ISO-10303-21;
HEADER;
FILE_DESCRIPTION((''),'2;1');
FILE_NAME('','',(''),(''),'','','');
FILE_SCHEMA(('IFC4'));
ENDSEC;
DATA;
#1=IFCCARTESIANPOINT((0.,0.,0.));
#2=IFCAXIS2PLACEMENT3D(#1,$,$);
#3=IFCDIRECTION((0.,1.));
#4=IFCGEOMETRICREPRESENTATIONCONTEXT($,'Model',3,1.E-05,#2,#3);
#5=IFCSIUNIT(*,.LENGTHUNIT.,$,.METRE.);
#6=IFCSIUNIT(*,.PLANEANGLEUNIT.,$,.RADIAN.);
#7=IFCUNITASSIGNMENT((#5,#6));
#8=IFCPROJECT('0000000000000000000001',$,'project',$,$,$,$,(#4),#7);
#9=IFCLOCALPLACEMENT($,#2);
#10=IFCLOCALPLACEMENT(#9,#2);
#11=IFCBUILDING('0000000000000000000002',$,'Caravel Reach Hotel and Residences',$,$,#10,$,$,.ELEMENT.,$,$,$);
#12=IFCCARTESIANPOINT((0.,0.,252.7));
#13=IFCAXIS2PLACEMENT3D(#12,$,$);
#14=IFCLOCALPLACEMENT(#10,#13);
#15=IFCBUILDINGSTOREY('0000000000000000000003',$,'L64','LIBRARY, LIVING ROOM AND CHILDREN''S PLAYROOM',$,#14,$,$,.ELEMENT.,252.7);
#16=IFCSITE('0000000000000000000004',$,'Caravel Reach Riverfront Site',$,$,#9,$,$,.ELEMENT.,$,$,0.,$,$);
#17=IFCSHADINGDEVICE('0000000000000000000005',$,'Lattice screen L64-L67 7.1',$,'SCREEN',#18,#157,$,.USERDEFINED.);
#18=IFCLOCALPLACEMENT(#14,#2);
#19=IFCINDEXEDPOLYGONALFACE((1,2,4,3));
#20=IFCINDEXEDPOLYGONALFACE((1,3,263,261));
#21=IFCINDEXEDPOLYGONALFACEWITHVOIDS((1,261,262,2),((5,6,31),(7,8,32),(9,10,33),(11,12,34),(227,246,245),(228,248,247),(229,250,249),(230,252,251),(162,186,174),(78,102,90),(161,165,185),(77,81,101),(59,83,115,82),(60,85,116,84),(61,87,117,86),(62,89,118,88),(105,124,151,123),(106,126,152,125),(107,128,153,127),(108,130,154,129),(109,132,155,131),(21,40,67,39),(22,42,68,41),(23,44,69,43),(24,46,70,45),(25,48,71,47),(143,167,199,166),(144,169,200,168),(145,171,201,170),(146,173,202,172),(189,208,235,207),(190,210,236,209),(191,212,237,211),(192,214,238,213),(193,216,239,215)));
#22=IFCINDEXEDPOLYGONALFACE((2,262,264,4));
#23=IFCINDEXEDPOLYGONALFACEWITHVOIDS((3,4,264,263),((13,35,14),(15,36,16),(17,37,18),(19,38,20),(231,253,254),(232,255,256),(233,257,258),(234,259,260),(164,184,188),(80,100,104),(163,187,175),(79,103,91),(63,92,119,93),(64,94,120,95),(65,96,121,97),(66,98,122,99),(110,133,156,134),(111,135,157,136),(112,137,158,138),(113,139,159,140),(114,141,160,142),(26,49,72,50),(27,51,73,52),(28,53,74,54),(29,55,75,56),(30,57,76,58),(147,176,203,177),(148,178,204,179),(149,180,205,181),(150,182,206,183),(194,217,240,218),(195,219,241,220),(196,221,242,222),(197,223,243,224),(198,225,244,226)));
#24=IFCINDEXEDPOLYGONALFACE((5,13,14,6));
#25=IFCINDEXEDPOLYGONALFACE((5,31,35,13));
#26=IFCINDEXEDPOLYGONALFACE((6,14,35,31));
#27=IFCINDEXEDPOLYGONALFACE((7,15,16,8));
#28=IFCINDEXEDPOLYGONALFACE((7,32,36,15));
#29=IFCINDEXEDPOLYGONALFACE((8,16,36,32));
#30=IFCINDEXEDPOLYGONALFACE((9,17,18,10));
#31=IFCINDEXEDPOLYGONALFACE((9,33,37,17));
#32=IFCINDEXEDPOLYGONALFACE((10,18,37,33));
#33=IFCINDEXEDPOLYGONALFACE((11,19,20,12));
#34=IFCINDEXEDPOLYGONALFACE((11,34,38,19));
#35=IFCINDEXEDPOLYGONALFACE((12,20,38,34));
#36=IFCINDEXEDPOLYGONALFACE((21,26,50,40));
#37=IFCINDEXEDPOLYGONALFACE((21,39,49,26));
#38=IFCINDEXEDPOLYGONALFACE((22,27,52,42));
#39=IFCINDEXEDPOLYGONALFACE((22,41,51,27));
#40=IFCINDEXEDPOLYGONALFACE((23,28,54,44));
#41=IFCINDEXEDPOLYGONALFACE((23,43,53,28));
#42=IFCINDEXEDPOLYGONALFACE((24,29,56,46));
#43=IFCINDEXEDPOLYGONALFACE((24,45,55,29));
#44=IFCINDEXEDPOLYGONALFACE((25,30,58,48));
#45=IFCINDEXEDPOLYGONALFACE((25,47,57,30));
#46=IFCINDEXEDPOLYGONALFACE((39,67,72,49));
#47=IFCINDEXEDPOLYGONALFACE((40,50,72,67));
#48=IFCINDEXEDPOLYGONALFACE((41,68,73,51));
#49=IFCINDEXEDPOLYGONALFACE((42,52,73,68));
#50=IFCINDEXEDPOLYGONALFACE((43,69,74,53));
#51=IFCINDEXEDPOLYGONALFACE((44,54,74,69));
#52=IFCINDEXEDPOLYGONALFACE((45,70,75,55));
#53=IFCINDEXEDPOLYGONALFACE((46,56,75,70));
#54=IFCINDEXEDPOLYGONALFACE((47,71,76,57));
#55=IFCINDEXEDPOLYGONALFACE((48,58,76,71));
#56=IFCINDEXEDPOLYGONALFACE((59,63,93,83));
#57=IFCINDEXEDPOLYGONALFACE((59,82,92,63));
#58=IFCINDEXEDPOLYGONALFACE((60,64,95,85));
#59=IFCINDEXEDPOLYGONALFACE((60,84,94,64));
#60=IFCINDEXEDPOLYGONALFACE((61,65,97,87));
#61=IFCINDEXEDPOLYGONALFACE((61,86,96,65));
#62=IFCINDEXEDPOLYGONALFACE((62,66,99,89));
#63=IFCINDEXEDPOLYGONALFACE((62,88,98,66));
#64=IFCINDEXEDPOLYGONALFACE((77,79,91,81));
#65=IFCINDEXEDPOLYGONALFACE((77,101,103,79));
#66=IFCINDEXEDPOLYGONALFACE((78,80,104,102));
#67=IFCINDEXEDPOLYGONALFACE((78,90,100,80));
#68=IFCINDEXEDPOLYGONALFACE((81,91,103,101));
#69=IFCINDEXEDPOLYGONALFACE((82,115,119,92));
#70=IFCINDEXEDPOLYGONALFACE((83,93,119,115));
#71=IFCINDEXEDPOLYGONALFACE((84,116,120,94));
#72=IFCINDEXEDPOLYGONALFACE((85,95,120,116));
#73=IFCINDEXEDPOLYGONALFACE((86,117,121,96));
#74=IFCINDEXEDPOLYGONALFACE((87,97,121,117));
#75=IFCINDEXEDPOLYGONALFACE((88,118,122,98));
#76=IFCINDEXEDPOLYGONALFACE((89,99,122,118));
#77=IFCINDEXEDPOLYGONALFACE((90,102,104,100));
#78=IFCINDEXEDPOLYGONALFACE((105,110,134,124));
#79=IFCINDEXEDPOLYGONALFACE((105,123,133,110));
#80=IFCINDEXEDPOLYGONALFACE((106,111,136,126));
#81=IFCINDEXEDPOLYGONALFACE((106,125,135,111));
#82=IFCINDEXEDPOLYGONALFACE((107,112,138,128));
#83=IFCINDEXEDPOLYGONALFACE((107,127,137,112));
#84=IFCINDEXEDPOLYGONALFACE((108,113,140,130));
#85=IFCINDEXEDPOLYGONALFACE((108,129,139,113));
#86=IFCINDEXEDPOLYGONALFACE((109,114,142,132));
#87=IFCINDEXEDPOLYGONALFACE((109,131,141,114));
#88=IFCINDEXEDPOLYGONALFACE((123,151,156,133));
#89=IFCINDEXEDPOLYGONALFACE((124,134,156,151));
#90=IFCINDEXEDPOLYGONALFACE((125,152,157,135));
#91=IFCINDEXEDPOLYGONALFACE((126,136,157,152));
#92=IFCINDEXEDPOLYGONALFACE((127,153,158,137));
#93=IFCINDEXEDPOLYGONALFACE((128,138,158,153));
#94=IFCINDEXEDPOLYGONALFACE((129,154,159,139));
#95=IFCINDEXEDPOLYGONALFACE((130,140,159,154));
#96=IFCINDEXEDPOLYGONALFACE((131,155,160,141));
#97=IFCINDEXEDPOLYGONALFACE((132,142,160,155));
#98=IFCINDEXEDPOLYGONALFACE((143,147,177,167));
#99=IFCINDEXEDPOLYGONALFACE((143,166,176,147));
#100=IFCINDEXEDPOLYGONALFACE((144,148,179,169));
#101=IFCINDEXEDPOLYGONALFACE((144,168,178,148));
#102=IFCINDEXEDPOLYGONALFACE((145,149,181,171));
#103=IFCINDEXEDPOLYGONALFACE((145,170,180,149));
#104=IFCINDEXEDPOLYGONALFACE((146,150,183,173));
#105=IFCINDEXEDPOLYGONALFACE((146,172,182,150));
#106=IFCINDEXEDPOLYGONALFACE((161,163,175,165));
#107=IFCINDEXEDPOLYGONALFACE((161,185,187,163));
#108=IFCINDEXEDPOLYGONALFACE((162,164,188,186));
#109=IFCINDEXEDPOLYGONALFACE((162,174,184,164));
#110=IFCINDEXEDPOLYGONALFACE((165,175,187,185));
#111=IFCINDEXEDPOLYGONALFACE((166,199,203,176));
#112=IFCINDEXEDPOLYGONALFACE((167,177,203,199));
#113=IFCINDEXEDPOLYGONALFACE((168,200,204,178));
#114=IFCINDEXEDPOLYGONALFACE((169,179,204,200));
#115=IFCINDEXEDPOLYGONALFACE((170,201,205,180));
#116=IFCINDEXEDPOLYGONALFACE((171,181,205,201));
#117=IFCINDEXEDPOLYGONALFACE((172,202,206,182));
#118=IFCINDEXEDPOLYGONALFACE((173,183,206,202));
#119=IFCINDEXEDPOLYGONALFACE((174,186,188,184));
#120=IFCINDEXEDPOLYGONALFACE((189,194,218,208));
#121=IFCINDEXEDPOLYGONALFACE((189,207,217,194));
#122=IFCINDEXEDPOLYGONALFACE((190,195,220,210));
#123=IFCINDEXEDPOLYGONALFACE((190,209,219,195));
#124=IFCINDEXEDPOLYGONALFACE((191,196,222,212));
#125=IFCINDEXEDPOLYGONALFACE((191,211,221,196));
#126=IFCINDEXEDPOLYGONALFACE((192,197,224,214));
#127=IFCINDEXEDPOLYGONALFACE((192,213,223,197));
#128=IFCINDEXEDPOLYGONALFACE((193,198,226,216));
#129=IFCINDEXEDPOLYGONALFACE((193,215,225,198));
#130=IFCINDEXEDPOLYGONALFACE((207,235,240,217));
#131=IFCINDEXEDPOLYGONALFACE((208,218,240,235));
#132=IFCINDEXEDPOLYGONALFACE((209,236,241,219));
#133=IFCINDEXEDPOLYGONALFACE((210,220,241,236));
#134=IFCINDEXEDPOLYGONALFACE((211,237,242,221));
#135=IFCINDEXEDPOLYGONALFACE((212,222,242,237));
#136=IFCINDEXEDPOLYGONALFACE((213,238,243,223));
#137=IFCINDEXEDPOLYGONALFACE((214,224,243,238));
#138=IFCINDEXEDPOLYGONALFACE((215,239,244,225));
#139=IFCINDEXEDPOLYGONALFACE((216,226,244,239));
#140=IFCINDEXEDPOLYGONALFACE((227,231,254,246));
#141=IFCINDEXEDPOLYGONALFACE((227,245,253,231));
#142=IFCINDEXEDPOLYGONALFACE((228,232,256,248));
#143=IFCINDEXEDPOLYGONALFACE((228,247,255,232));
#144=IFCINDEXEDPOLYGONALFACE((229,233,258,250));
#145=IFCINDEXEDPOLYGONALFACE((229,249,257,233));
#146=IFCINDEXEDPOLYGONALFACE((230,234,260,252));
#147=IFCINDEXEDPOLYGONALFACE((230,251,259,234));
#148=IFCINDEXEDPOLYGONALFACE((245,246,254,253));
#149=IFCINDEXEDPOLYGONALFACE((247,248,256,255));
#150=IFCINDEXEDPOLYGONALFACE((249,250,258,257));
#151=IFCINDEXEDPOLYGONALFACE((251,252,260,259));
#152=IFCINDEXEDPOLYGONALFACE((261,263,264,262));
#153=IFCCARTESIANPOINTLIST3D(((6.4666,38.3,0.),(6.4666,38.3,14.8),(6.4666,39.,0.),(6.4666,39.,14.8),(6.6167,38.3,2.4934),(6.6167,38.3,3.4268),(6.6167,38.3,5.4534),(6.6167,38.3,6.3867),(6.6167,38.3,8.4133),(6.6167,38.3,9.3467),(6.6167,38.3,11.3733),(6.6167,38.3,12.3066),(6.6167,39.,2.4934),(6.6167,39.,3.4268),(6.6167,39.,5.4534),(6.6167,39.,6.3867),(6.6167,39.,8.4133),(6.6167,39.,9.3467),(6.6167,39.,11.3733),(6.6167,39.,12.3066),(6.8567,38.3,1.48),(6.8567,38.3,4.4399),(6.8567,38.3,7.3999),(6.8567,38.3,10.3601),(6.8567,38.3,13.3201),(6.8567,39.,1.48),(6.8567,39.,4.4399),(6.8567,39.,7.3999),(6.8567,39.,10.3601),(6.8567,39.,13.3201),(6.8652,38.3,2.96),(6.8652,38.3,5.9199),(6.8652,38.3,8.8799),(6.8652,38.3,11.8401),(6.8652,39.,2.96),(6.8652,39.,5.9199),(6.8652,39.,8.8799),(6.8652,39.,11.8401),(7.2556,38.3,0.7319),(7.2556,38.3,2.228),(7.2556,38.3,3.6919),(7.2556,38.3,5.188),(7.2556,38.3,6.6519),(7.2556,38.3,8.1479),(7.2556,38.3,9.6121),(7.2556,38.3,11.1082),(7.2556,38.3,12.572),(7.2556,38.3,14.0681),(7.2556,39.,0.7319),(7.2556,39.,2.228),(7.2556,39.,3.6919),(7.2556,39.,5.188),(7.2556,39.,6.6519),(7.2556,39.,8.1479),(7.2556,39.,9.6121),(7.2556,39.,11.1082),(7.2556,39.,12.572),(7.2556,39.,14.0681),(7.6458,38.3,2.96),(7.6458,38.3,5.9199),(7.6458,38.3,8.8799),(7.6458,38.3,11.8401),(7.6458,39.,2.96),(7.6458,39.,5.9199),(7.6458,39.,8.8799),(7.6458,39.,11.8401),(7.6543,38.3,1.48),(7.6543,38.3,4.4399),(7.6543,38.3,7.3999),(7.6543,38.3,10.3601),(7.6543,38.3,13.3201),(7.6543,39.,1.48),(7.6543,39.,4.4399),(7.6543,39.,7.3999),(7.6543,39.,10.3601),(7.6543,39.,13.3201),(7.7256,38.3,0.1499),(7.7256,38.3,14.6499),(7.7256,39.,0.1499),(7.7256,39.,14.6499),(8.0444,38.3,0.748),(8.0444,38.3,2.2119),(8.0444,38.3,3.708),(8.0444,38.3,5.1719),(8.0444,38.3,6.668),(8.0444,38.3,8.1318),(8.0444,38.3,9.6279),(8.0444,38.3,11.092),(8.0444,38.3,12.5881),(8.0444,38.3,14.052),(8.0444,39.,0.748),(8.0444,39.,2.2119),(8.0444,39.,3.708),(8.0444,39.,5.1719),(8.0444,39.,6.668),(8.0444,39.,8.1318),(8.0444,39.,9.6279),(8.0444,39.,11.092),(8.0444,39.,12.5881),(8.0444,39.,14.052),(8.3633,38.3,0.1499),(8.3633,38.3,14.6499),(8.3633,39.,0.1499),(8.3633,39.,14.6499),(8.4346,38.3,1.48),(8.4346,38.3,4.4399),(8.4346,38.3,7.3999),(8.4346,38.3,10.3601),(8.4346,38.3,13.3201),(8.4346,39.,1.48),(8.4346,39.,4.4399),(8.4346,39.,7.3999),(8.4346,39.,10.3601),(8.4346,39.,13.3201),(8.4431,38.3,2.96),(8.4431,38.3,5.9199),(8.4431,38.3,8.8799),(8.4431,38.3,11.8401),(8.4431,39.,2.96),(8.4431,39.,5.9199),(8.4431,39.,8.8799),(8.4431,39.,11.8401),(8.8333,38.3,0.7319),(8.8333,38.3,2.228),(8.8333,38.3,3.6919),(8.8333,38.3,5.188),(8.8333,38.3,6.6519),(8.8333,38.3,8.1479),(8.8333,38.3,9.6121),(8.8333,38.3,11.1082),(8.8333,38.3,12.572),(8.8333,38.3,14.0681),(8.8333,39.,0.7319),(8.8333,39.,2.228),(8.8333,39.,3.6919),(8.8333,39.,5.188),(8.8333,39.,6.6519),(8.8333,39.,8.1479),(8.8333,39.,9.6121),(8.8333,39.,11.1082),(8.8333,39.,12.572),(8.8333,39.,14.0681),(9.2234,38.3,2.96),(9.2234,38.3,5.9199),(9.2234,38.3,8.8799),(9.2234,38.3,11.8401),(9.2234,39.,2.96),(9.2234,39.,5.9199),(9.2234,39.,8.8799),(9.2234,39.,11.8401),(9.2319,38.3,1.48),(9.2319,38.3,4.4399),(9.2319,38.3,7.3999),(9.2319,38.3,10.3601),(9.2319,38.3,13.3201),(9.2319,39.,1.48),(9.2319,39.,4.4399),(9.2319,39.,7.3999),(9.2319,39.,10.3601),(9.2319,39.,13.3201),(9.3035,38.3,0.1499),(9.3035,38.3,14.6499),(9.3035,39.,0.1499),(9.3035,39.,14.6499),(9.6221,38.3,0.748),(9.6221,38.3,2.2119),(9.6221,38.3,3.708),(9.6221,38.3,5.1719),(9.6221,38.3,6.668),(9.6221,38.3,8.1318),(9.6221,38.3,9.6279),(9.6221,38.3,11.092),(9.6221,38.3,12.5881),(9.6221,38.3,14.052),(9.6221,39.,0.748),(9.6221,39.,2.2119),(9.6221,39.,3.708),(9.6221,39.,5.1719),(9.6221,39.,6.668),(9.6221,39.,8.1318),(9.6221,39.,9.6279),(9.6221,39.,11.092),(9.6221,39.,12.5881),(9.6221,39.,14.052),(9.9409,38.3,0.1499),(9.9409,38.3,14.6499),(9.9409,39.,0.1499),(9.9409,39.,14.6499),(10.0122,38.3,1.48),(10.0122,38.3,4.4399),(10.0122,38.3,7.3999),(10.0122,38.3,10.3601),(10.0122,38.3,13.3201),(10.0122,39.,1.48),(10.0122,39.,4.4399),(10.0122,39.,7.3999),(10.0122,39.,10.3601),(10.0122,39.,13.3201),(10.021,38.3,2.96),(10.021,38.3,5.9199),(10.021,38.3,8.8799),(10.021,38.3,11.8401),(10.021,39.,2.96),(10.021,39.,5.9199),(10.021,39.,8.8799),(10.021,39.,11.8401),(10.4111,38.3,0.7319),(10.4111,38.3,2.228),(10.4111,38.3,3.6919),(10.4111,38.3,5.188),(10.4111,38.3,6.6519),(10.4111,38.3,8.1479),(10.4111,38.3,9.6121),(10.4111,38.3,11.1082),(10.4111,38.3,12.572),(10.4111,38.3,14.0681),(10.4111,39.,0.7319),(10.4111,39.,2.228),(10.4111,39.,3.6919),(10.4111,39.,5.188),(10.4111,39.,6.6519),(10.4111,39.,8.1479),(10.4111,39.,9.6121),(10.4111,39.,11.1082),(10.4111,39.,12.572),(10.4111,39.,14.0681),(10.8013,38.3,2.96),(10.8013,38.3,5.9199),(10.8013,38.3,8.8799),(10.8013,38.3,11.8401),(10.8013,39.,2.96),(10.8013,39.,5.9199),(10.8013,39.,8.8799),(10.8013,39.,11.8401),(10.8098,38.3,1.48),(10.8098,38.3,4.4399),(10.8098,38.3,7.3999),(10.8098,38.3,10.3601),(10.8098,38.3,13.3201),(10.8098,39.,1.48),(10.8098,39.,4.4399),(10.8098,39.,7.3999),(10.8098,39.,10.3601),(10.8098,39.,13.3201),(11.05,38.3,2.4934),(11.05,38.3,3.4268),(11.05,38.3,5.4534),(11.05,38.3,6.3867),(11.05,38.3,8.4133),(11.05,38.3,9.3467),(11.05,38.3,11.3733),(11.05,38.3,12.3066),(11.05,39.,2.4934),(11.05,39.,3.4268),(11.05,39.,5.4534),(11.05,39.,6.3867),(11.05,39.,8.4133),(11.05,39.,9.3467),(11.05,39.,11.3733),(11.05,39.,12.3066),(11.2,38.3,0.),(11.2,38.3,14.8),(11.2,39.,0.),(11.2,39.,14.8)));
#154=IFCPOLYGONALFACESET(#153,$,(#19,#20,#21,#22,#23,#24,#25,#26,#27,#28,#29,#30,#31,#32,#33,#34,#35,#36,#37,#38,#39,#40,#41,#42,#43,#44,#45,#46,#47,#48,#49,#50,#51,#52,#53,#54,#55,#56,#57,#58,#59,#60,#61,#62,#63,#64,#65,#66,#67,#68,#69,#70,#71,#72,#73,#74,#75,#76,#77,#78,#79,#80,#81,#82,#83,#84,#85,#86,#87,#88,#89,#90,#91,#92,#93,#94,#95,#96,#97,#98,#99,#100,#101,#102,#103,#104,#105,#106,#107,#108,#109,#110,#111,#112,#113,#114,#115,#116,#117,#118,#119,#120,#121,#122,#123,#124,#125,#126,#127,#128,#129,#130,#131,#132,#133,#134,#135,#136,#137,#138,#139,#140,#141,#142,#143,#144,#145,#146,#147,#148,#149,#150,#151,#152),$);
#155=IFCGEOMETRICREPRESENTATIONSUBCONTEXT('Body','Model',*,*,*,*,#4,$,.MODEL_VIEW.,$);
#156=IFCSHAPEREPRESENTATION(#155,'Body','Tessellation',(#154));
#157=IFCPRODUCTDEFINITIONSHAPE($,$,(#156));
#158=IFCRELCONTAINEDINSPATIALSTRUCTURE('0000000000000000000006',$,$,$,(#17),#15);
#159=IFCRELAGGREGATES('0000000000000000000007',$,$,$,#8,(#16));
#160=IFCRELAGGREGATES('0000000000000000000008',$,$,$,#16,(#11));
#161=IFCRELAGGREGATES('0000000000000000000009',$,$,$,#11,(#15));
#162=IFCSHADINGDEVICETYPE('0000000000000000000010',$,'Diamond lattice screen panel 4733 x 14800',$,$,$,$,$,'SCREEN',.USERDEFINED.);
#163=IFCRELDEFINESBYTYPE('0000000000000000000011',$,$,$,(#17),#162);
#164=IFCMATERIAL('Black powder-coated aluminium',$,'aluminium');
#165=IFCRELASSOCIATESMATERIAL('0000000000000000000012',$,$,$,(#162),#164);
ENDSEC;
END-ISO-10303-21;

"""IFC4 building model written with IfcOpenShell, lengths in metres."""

from ifc_helpers import new_model, si_unit, direction, frame, origin, place, context, subcontext, project, spatial, polyline, outline, extrude, material, type_object, element, save


model = new_model("IFC4")

# Units and contexts
model_context = context("Model", 3, precision=1e-05, world=origin(), true_north=direction((0.0, 1.0)))
body_context = subcontext(model_context, "Body", "Model", "MODEL_VIEW")
ifc_project = project(units=[si_unit("LENGTHUNIT", "METRE"), si_unit("PLANEANGLEUNIT", "RADIAN")], contexts=[model_context])

# Site, building, storey
site_placement = place(None, origin())
site = spatial("IfcSite", under=ifc_project, at=site_placement, Name="Caravel Reach Riverfront Site", CompositionType="ELEMENT", RefElevation=0.0)
building_placement = place(site_placement, origin())
building = spatial("IfcBuilding", under=site, at=building_placement, Name="Caravel Reach Hotel and Residences", CompositionType="ELEMENT")
storey_placement = place(building_placement, frame((0.0, 0.0, 252.7)))
storey = spatial("IfcBuildingStorey", under=building, at=storey_placement, Name="L64", Description="LIBRARY, LIVING ROOM AND CHILDREN'S PLAYROOM", CompositionType="ELEMENT", Elevation=252.7)

# Shading device
ifc_material_1 = material(Name="Black powder-coated aluminium", Category="aluminium")
shading_device_type_1 = type_object("IfcShadingDeviceType", Name="Diamond lattice screen panel 4733 x 14800", ElementType="SCREEN", PredefinedType="USERDEFINED", material=ifc_material_1)
shading_device_1_placement = place(storey_placement, frame((11.2, 38.3, 0.0), z_axis=(0.0, 1.0, 0.0), x_axis=(-1.0, 0.0, 0.0)))
element("IfcShadingDevice", 1, at=shading_device_1_placement, inside=storey, type_object=shading_device_type_1, Name="Lattice screen L64-L67 7.1", ObjectType="SCREEN", PredefinedType="USERDEFINED", context=body_context, shape_type="SweptSolid", body=[
    extrude(outline(polyline([(0.0, 0.0), (4.7334, 0.0), (4.7334, 14.8), (0.0, 14.8), (0.0, 0.0)]), holes=[polyline([(0.3987, 2.96), (0.1499, 3.4268), (0.1499, 2.4934), (0.3987, 2.96)]), polyline([(0.3987, 5.9199), (0.1499, 6.3867), (0.1499, 5.4534), (0.3987, 5.9199)]), polyline([(0.3987, 8.8799), (0.1499, 9.3467), (0.1499, 8.4133), (0.3987, 8.8799)]), polyline([(0.3987, 11.8401), (0.1499, 12.3066), (0.1499, 11.3733), (0.3987, 11.8401)]), polyline([(0.7888, 2.228), (0.3901, 1.48), (0.7888, 0.7319), (1.1877, 1.48), (0.7888, 2.228)]), polyline([(0.7888, 5.188), (0.3901, 4.4399), (0.7888, 3.6919), (1.1877, 4.4399), (0.7888, 5.188)]), polyline([(0.7888, 8.1479), (0.3901, 7.3999), (0.7888, 6.6519), (1.1877, 7.3999), (0.7888, 8.1479)]), polyline([(0.7888, 11.1082), (0.3901, 10.3601), (0.7888, 9.6121), (1.1877, 10.3601), (0.7888, 11.1082)]), polyline([(0.7888, 14.0681), (0.3901, 13.3201), (0.7888, 12.572), (1.1877, 13.3201), (0.7888, 14.0681)]), polyline([(1.5779, 0.748), (1.259, 0.1499), (1.8965, 0.1499), (1.5779, 0.748)]), polyline([(1.5779, 3.708), (1.179, 2.96), (1.5779, 2.2119), (1.9766, 2.96), (1.5779, 3.708)]), polyline([(1.5779, 6.668), (1.179, 5.9199), (1.5779, 5.1719), (1.9766, 5.9199), (1.5779, 6.668)]), polyline([(1.5779, 9.6279), (1.179, 8.8799), (1.5779, 8.1318), (1.9766, 8.8799), (1.5779, 9.6279)]), polyline([(1.5779, 12.5881), (1.179, 11.8401), (1.5779, 11.092), (1.9766, 11.8401), (1.5779, 12.5881)]), polyline([(1.5779, 14.052), (1.8965, 14.6499), (1.259, 14.6499), (1.5779, 14.052)]), polyline([(2.3667, 2.228), (1.968, 1.48), (2.3667, 0.7319), (2.7654, 1.48), (2.3667, 2.228)]), polyline([(2.3667, 5.188), (1.968, 4.4399), (2.3667, 3.6919), (2.7654, 4.4399), (2.3667, 5.188)]), polyline([(2.3667, 8.1479), (1.968, 7.3999), (2.3667, 6.6519), (2.7654, 7.3999), (2.3667, 8.1479)]), polyline([(2.3667, 11.1082), (1.968, 10.3601), (2.3667, 9.6121), (2.7654, 10.3601), (2.3667, 11.1082)]), polyline([(2.3667, 14.0681), (1.968, 13.3201), (2.3667, 12.572), (2.7654, 13.3201), (2.3667, 14.0681)]), polyline([(3.1555, 0.748), (2.8367, 0.1499), (3.4744, 0.1499), (3.1555, 0.748)]), polyline([(3.1555, 3.708), (2.7568, 2.96), (3.1555, 2.2119), (3.5542, 2.96), (3.1555, 3.708)]), polyline([(3.1555, 6.668), (2.7568, 5.9199), (3.1555, 5.1719), (3.5542, 5.9199), (3.1555, 6.668)]), polyline([(3.1555, 9.6279), (2.7568, 8.8799), (3.1555, 8.1318), (3.5542, 8.8799), (3.1555, 9.6279)]), polyline([(3.1555, 12.5881), (2.7568, 11.8401), (3.1555, 11.092), (3.5542, 11.8401), (3.1555, 12.5881)]), polyline([(3.1555, 14.052), (3.4744, 14.6499), (2.8367, 14.6499), (3.1555, 14.052)]), polyline([(3.9443, 2.228), (3.5457, 1.48), (3.9443, 0.7319), (4.3433, 1.48), (3.9443, 2.228)]), polyline([(3.9443, 5.188), (3.5457, 4.4399), (3.9443, 3.6919), (4.3433, 4.4399), (3.9443, 5.188)]), polyline([(3.9443, 8.1479), (3.5457, 7.3999), (3.9443, 6.6519), (4.3433, 7.3999), (3.9443, 8.1479)]), polyline([(3.9443, 11.1082), (3.5457, 10.3601), (3.9443, 9.6121), (4.3433, 10.3601), (3.9443, 11.1082)]), polyline([(3.9443, 14.0681), (3.5457, 13.3201), (3.9443, 12.572), (4.3433, 13.3201), (3.9443, 14.0681)]), polyline([(4.3347, 2.96), (4.5833, 2.4934), (4.5833, 3.4268), (4.3347, 2.96)]), polyline([(4.3347, 5.9199), (4.5833, 5.4534), (4.5833, 6.3867), (4.3347, 5.9199)]), polyline([(4.3347, 8.8799), (4.5833, 8.4133), (4.5833, 9.3467), (4.3347, 8.8799)]), polyline([(4.3347, 11.8401), (4.5833, 11.3733), (4.5833, 12.3066), (4.3347, 11.8401)])]), origin(), (0.0, 0.0, 1.0), 0.7),
])

save(model, "model.ifc")
